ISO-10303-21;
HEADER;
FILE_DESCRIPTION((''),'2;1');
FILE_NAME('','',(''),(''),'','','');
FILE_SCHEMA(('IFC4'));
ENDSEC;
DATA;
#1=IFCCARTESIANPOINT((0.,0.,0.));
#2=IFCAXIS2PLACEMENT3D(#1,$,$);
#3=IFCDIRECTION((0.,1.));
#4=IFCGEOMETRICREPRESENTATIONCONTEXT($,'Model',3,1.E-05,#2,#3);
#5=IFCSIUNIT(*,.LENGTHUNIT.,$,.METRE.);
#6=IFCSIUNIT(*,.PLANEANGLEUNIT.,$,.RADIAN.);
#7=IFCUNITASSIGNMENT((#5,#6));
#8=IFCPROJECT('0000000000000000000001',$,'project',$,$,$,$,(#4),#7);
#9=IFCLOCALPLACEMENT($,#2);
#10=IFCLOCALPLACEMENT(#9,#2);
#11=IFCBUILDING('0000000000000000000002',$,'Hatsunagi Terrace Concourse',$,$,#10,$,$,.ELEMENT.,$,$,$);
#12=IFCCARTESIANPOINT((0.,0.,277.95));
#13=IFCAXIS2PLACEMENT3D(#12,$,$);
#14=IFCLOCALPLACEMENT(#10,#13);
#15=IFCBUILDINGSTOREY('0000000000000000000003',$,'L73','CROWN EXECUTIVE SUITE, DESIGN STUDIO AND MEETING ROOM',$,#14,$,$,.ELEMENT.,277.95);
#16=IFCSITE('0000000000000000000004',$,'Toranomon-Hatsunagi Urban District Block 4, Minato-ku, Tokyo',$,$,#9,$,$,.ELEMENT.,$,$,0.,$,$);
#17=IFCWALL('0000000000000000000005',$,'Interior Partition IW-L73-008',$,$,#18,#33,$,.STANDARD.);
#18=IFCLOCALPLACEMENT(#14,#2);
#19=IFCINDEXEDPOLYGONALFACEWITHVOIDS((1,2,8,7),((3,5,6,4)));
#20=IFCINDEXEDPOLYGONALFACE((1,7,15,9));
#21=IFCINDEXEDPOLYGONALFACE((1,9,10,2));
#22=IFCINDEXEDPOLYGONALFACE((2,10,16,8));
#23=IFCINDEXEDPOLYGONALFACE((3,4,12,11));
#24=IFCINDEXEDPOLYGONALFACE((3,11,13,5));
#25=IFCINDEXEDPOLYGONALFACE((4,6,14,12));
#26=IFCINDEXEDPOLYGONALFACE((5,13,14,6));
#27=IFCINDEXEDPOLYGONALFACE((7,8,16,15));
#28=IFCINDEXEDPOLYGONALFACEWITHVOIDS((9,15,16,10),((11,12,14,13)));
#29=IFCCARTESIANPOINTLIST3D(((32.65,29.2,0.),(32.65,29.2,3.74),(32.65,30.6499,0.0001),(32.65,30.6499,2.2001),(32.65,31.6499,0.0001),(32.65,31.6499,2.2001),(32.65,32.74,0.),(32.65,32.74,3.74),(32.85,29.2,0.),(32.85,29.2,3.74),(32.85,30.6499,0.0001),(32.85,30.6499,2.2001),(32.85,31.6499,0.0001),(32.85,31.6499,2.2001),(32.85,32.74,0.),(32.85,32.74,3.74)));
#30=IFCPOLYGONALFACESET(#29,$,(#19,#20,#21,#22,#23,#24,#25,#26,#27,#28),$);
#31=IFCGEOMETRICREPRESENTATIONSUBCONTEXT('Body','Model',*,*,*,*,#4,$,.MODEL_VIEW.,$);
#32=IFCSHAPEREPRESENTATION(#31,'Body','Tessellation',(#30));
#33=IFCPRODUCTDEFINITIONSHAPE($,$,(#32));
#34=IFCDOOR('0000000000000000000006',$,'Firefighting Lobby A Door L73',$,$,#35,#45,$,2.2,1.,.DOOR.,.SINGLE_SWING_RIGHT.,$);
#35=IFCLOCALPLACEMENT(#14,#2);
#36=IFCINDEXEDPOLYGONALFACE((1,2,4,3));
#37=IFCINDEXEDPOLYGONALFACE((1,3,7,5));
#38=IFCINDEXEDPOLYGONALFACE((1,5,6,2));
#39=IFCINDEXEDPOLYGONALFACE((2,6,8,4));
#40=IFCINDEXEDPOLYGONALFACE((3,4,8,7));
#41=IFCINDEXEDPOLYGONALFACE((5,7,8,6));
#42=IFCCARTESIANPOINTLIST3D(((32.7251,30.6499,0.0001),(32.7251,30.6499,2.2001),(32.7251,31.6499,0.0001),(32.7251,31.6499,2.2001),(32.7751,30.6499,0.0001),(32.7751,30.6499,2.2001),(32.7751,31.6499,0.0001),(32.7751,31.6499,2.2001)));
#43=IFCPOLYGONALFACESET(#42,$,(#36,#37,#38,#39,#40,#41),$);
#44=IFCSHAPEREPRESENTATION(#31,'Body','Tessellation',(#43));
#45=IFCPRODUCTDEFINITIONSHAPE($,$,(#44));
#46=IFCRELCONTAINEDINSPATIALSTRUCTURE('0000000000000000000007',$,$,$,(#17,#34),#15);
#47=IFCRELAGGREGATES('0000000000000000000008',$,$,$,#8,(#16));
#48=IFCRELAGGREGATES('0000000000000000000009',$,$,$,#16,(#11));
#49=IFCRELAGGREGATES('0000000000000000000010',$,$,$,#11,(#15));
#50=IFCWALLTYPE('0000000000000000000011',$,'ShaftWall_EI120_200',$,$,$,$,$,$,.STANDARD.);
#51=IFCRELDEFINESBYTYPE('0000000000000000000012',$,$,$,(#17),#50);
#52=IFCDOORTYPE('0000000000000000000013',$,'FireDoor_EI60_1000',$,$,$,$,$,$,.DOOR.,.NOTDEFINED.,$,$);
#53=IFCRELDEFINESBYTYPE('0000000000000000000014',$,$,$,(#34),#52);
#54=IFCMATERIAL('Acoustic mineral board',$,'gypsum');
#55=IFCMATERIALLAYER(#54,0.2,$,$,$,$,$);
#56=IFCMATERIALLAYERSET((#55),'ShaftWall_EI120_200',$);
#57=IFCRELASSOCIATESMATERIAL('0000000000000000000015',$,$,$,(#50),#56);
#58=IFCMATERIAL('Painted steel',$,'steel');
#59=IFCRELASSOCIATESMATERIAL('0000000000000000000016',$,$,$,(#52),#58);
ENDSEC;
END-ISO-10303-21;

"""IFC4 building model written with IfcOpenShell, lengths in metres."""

from ifc_helpers import new_model, si_unit, direction, frame, frame_2d, origin, place, context, subcontext, project, spatial, rectangle, extrude, material, layer, layer_set, type_object, element, fill, save


model = new_model("IFC4")

# Units and contexts
model_context = context("Model", 3, precision=1e-05, world=origin(), true_north=direction((0.0, 1.0)))
body_context = subcontext(model_context, "Body", "Model", "MODEL_VIEW")
ifc_project = project(units=[si_unit("LENGTHUNIT", "METRE"), si_unit("PLANEANGLEUNIT", "RADIAN")], contexts=[model_context])

# Site, building, storey
site_placement = place(None, origin())
site = spatial("IfcSite", under=ifc_project, at=site_placement, Name="Toranomon-Hatsunagi Urban District Block 4, Minato-ku, Tokyo", CompositionType="ELEMENT", RefElevation=0.0)
building_placement = place(site_placement, origin())
building = spatial("IfcBuilding", under=site, at=building_placement, Name="Hatsunagi Terrace Concourse", CompositionType="ELEMENT")
storey_placement = place(building_placement, frame((0.0, 0.0, 277.95)))
storey = spatial("IfcBuildingStorey", under=building, at=storey_placement, Name="L73", Description="CROWN EXECUTIVE SUITE, DESIGN STUDIO AND MEETING ROOM", CompositionType="ELEMENT", Elevation=277.95)

# Shared definitions
ifc_material_1 = material(Name="Acoustic mineral board", Category="gypsum")
ifc_layer_1 = layer(ifc_material_1, 0.2)
ifc_layer_set_1 = layer_set([ifc_layer_1], Name="ShaftWall_EI120_200")
wall_type_1 = type_object("IfcWallType", Name="ShaftWall_EI120_200", PredefinedType="STANDARD", material=ifc_layer_set_1)

# Wall, opening, door
wall_1_placement = place(storey_placement, frame((32.75, 29.2, 0.0), z_axis=(0.0, 0.0, 1.0), x_axis=(0.0, 1.0, 0.0)))
wall_1 = element("IfcWall", 1, at=wall_1_placement, inside=storey, type_object=wall_type_1, Name="Interior Partition IW-L73-008", PredefinedType="STANDARD", context=body_context, shape_type="SweptSolid", body=[
    extrude(rectangle(XDim=3.54, YDim=0.2, at=frame_2d((1.77, 0.0))), origin(), (0.0, 0.0, 1.0), 3.74),
])
opening_1_placement = place(wall_1_placement, frame((1.45, 0.0, 0.0)))
opening_1 = element("IfcOpeningElement", 2, at=opening_1_placement, cuts=wall_1, PredefinedType="OPENING", context=body_context, shape_type="SweptSolid", body=[
    extrude(rectangle(XDim=1.0, YDim=2.2, at=frame_2d((0.5, 1.1001))), frame((0.0, 0.1099, 0.0), z_axis=(0.0, -1.0, 0.0), x_axis=(1.0, 0.0, 0.0)), (0.0, 0.0, 1.0), 0.22),
])
ifc_material_2 = material(Name="Painted steel", Category="steel")
door_type_1 = type_object("IfcDoorType", Name="FireDoor_EI60_1000", OperationType="NOTDEFINED", PredefinedType="DOOR", material=ifc_material_2)
door_1_placement = place(opening_1_placement, origin())
door_1 = element("IfcDoor", 3, at=door_1_placement, inside=storey, type_object=door_type_1, Name="Firefighting Lobby A Door L73", OperationType="SINGLE_SWING_RIGHT", OverallHeight=2.2, OverallWidth=1.0, PredefinedType="DOOR", context=body_context, shape_type="SweptSolid", body=[
    extrude(rectangle(XDim=1.0, YDim=2.2, at=frame_2d((0.5, 1.1001))), frame((0.0, 0.0249, 0.0), z_axis=(0.0, -1.0, 0.0), x_axis=(1.0, 0.0, 0.0)), (0.0, 0.0, 1.0), 0.05),
])
fill(opening_1, door_1)

save(model, "model.ifc")
